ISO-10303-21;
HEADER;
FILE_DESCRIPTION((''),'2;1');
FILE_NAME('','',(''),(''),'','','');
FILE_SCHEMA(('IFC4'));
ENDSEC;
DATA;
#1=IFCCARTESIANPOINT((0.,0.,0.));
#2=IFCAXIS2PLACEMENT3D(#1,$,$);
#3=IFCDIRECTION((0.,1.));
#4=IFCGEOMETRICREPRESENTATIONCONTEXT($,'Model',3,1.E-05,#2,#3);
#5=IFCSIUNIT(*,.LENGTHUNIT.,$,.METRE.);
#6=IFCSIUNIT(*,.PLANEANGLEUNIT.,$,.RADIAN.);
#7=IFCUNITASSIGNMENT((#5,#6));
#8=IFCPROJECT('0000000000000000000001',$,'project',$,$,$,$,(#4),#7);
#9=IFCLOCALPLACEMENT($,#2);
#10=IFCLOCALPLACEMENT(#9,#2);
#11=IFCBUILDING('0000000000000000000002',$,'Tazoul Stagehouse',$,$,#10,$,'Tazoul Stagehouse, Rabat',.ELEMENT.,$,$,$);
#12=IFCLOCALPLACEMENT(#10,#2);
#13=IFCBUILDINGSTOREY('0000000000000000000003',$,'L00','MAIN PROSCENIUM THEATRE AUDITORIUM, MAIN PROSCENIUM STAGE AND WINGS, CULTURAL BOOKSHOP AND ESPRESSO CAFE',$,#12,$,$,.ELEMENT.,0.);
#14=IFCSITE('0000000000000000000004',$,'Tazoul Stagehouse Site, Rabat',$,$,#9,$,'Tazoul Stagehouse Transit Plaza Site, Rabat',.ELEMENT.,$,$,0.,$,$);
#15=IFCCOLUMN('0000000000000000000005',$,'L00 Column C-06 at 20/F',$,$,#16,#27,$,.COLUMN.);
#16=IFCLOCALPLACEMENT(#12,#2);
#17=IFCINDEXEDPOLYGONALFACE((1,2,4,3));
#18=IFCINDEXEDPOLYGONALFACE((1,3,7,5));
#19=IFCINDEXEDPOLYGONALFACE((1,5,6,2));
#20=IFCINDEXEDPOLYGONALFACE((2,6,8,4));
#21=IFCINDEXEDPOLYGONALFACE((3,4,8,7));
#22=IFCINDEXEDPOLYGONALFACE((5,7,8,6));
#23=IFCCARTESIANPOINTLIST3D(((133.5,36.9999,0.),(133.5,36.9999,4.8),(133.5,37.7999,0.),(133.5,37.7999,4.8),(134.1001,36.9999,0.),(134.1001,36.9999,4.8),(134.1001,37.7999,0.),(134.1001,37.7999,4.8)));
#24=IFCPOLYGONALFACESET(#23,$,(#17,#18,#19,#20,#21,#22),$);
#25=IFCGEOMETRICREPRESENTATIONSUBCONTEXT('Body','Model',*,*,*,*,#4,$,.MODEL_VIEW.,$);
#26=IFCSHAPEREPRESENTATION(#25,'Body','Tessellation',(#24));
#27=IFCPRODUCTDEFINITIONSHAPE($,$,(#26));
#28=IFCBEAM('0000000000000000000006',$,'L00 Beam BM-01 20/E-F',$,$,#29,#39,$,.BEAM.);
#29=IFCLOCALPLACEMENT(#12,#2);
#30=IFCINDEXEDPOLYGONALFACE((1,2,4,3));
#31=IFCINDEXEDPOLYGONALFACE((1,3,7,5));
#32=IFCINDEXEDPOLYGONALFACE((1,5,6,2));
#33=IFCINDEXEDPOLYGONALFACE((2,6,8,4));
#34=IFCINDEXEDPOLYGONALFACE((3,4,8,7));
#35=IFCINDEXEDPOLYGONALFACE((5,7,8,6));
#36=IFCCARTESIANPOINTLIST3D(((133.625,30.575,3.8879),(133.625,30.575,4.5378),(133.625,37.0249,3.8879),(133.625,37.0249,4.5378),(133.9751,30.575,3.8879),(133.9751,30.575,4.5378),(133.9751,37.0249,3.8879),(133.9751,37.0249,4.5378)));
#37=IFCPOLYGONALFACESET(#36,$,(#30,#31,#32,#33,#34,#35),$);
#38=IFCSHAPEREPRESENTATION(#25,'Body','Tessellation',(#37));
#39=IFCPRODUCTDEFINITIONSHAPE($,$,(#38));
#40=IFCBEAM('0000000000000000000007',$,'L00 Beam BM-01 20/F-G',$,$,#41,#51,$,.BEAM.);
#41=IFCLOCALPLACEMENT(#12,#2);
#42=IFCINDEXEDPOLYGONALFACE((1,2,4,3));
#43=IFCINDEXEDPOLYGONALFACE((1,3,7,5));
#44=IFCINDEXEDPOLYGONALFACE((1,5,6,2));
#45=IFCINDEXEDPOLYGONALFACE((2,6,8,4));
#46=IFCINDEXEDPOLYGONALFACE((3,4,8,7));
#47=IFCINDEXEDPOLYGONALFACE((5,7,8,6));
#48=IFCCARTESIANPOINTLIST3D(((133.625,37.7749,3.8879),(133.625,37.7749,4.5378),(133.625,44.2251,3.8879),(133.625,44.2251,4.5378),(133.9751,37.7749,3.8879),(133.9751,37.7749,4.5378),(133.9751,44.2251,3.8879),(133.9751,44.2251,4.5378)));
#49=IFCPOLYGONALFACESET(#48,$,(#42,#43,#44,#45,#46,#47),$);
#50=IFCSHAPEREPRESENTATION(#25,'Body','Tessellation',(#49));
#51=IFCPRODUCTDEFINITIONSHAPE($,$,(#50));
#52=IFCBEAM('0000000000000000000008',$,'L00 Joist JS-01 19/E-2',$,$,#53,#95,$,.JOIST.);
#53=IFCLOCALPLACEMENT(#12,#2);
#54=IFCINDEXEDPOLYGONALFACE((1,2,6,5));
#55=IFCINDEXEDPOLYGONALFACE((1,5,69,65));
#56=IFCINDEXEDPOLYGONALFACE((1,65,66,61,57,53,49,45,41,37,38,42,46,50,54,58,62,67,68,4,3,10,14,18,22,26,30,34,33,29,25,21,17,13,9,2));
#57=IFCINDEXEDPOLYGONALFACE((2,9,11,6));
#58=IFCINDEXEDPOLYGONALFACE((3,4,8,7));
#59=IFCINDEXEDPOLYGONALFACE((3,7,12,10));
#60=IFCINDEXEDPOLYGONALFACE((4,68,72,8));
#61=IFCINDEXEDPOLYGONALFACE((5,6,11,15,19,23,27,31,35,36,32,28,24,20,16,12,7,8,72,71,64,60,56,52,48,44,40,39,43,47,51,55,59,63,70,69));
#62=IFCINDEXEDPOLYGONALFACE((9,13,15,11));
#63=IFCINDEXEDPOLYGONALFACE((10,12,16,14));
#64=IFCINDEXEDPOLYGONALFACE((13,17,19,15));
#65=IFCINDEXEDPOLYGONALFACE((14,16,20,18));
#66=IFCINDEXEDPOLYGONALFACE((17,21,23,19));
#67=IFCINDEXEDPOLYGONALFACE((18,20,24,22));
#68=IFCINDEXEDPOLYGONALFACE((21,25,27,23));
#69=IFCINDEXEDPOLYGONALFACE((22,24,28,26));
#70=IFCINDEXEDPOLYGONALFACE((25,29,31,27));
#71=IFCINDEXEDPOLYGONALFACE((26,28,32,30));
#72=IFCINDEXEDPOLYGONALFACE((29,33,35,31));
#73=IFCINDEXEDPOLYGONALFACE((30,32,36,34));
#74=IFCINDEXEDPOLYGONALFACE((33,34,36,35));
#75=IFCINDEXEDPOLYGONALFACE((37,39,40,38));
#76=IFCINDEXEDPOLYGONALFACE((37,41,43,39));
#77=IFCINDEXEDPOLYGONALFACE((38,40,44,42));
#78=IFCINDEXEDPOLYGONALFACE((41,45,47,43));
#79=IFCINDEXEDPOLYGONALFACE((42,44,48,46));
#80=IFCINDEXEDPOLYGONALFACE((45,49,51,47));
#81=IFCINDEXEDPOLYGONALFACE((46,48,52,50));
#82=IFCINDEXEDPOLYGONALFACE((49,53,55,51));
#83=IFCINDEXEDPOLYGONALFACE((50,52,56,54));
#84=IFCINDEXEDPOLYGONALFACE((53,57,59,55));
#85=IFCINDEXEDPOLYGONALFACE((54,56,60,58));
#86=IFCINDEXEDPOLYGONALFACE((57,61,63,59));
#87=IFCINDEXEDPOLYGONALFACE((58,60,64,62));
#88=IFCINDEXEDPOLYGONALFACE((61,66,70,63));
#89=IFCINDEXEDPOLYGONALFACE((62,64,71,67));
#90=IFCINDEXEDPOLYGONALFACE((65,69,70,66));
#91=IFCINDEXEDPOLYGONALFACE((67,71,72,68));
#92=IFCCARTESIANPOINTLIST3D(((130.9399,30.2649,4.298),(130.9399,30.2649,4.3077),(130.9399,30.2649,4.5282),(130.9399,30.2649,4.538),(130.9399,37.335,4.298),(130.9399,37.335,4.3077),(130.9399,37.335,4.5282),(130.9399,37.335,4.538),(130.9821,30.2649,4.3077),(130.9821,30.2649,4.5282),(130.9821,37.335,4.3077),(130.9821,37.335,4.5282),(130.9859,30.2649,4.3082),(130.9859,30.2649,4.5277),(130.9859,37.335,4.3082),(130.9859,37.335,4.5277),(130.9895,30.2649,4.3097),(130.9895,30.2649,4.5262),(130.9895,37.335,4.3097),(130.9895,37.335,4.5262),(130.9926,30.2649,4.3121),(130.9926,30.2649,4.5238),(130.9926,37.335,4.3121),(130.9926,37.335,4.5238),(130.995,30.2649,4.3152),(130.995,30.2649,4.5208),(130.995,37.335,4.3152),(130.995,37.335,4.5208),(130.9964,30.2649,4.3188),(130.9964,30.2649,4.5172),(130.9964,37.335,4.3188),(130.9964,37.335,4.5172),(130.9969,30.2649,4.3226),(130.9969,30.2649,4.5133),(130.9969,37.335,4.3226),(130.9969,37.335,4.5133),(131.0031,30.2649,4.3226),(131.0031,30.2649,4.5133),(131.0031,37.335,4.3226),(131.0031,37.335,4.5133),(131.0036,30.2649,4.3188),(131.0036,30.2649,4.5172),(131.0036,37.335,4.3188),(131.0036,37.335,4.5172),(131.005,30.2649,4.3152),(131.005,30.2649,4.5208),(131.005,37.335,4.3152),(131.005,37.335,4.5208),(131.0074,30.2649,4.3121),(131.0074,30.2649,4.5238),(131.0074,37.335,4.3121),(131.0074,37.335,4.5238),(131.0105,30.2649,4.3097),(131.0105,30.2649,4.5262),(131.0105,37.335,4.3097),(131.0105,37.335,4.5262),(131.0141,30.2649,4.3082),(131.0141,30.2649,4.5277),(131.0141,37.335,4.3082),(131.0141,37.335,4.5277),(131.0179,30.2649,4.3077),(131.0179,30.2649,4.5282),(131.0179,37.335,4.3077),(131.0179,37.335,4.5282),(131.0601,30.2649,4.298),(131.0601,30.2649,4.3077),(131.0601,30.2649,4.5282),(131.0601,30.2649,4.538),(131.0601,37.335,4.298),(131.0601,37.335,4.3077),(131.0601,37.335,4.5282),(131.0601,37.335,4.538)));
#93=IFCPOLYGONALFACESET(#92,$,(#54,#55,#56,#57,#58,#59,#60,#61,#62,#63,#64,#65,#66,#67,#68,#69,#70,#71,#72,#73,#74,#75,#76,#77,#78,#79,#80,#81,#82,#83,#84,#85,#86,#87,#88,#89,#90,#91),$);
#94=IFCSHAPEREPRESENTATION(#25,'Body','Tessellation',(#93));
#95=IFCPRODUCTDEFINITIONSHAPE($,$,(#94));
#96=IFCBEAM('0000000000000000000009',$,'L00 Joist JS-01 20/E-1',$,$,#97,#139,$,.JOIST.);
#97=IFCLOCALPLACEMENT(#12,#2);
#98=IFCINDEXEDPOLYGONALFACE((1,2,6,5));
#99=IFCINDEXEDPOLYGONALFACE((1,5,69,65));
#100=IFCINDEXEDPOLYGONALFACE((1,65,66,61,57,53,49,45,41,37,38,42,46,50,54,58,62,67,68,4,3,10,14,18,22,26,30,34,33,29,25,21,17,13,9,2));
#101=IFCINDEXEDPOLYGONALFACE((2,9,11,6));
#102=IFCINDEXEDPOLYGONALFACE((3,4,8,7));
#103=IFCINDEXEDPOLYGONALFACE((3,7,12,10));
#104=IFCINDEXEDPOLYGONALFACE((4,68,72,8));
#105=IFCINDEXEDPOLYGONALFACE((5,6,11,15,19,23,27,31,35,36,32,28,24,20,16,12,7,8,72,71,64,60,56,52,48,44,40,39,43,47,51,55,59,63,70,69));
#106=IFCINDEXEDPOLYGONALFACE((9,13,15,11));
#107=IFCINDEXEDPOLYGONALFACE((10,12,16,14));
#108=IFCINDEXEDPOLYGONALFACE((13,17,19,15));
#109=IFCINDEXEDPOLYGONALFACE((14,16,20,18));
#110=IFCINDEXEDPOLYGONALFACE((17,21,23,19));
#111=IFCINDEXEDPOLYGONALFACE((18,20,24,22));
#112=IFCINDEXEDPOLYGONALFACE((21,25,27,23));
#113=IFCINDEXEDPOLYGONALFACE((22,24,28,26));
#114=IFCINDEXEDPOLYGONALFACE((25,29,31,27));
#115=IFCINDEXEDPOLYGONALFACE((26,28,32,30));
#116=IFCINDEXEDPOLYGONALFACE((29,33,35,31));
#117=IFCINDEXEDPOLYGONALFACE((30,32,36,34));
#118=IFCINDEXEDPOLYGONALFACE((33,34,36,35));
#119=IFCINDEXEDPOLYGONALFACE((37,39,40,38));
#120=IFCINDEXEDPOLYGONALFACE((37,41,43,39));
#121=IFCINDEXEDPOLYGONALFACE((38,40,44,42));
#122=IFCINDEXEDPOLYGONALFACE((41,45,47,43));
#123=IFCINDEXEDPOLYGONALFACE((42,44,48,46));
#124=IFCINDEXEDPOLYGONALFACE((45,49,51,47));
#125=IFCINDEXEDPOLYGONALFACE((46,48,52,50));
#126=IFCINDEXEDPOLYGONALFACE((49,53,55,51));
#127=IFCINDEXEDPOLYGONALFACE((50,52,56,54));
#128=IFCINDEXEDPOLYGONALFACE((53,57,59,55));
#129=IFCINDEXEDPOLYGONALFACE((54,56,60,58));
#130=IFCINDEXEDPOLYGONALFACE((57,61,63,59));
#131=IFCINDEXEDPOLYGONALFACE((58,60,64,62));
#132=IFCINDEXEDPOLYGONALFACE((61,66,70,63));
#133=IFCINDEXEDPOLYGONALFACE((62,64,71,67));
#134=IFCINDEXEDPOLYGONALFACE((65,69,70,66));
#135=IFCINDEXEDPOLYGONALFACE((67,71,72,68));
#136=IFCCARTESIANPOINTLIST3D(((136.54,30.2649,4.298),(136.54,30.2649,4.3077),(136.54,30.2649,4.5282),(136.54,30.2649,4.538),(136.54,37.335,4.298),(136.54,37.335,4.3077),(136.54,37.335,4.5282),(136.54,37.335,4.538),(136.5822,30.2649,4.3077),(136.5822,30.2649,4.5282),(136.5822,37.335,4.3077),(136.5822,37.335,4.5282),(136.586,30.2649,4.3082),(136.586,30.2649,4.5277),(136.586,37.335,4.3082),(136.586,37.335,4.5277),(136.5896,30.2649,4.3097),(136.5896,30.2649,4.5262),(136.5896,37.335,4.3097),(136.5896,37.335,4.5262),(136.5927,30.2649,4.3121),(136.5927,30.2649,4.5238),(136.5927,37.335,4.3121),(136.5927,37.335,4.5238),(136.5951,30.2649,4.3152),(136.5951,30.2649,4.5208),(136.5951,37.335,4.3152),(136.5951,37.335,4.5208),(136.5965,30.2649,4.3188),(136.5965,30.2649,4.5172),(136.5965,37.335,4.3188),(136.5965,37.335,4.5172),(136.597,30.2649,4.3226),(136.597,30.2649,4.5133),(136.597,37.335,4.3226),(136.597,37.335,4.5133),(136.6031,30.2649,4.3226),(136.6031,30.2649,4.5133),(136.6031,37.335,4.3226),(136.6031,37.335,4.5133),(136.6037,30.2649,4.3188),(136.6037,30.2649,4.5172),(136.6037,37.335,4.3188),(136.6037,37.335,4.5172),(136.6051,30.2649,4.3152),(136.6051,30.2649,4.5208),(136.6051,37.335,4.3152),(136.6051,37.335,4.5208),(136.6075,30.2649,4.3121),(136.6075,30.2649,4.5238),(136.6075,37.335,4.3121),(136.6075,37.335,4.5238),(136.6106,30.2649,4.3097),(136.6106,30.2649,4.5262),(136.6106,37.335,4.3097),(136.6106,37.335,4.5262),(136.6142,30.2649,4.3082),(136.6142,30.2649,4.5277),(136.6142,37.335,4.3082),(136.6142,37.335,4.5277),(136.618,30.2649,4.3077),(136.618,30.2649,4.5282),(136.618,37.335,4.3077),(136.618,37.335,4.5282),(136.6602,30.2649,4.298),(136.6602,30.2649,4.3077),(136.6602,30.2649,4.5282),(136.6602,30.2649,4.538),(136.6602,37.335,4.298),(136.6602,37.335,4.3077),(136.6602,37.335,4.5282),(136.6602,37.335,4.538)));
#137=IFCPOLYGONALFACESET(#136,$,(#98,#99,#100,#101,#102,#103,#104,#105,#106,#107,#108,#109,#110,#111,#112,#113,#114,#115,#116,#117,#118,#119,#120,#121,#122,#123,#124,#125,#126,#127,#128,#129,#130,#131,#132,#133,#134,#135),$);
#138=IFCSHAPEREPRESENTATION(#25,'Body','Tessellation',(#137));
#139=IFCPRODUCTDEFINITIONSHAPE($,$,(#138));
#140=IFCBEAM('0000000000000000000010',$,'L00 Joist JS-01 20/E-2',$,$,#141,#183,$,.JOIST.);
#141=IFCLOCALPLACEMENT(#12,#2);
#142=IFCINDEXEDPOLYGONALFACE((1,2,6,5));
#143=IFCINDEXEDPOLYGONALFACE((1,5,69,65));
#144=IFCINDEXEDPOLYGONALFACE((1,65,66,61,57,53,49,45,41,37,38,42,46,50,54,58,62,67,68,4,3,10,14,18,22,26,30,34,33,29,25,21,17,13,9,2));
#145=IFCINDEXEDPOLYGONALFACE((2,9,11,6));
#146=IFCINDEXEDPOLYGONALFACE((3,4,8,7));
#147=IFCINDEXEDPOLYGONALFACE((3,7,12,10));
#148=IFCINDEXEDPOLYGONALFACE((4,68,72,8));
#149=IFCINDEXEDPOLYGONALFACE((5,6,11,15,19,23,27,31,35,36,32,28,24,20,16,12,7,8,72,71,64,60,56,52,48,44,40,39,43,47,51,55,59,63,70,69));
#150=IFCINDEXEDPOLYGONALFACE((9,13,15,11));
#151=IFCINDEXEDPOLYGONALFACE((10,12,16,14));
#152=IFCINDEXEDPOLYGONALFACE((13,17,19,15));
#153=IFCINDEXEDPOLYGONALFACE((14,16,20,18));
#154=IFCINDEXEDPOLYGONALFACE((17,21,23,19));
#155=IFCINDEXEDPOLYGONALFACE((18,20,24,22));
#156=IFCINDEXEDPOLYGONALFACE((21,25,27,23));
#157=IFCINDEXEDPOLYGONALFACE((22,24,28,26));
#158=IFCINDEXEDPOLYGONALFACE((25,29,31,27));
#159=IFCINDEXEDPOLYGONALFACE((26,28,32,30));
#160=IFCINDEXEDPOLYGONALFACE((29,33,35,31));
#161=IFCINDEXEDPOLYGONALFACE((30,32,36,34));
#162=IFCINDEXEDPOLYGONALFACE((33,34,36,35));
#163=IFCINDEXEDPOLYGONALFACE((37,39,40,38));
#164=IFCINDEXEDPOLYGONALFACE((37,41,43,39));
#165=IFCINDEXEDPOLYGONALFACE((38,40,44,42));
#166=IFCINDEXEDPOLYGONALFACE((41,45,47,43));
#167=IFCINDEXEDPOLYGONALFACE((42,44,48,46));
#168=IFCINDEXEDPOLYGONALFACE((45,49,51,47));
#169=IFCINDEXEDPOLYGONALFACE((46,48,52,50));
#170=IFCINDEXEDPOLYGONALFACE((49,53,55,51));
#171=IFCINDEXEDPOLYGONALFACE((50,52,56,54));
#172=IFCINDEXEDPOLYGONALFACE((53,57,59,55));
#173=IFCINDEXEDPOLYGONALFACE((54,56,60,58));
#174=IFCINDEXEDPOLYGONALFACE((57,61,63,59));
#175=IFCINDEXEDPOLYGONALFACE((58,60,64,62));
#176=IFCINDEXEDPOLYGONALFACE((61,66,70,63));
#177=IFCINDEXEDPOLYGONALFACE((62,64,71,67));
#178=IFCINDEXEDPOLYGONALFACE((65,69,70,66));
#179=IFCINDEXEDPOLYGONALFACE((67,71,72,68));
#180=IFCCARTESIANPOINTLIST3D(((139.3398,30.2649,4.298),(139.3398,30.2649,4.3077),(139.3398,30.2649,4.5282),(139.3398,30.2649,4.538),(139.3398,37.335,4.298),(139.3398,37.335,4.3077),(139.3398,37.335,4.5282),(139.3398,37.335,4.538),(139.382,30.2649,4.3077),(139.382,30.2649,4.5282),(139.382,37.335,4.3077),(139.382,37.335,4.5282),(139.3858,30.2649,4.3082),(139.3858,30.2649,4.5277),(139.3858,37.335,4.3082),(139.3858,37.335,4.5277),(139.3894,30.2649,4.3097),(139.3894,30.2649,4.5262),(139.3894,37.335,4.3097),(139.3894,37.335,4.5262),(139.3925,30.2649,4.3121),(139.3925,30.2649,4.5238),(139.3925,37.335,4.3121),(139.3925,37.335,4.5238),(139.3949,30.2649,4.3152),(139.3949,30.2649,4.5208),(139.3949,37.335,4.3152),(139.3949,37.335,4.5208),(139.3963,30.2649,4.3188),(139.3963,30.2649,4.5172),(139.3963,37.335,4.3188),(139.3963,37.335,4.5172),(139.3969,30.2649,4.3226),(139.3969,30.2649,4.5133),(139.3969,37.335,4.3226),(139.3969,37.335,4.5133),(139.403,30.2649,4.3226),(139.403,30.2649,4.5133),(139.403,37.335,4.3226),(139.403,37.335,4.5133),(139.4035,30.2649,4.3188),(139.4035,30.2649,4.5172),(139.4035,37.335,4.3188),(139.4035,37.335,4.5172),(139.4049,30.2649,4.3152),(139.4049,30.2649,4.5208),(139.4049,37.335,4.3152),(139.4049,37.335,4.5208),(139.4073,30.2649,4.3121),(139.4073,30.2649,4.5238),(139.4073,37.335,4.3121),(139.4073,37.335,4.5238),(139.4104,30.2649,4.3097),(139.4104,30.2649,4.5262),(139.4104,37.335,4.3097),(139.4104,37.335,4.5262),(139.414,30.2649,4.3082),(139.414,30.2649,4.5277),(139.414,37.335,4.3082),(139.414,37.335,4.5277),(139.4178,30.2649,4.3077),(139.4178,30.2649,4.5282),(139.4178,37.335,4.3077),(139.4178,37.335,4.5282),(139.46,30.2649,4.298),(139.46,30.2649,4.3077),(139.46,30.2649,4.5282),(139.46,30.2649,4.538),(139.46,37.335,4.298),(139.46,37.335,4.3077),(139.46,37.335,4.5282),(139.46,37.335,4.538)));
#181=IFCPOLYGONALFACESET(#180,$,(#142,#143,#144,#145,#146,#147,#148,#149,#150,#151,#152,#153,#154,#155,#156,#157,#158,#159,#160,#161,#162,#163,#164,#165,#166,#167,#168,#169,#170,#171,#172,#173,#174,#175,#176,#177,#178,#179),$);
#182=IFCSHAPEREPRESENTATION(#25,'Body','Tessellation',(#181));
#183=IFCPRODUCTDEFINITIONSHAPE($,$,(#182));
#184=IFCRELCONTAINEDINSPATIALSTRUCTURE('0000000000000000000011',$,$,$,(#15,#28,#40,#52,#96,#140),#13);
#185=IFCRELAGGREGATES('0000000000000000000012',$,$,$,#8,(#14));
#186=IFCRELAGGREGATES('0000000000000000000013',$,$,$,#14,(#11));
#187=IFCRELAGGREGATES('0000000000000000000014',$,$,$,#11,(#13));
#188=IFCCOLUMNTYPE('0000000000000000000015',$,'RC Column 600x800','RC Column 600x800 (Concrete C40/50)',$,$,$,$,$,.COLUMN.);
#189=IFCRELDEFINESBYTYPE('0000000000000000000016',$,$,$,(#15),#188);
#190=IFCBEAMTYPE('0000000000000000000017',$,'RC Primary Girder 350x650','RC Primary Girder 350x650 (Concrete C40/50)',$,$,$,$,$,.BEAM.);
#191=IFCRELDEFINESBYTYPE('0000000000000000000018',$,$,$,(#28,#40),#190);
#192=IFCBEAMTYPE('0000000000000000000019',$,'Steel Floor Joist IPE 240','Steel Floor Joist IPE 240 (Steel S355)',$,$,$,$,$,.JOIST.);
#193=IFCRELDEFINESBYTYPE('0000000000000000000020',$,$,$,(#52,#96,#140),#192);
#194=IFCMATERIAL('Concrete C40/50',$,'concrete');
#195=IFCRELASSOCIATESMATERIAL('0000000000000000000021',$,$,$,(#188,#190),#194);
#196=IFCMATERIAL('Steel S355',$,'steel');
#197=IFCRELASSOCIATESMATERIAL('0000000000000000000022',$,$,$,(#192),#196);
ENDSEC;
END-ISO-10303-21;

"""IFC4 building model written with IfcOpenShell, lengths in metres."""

from ifc_helpers import new_model, si_unit, direction, frame, origin, origin_2d, place, context, subcontext, project, spatial, rectangle, i_section, extrude, material, material_profile, profile_set, type_object, element, save


model = new_model("IFC4")

# Units and contexts
model_context = context("Model", 3, precision=1e-05, world=origin(), true_north=direction((0.0, 1.0)))
body_context = subcontext(model_context, "Body", "Model", "MODEL_VIEW")
ifc_project = project(units=[si_unit("LENGTHUNIT", "METRE"), si_unit("PLANEANGLEUNIT", "RADIAN")], contexts=[model_context])

# Site, building, storey
site_placement = place(None, origin())
site = spatial("IfcSite", under=ifc_project, at=site_placement, Name="Tazoul Stagehouse Site, Rabat", LongName="Tazoul Stagehouse Transit Plaza Site, Rabat", CompositionType="ELEMENT", RefElevation=0.0)
building_placement = place(site_placement, origin())
building = spatial("IfcBuilding", under=site, at=building_placement, Name="Tazoul Stagehouse", LongName="Tazoul Stagehouse, Rabat", CompositionType="ELEMENT")
storey_placement = place(building_placement, origin())
storey = spatial("IfcBuildingStorey", under=building, at=storey_placement, Name="L00", Description="MAIN PROSCENIUM THEATRE AUDITORIUM, MAIN PROSCENIUM STAGE AND WINGS, CULTURAL BOOKSHOP AND ESPRESSO CAFE", CompositionType="ELEMENT", Elevation=0.0)

# Column
ifc_material_1 = material(Name="Concrete C40/50", Category="concrete")
ifc_material_profile_1 = material_profile(ifc_material_1, rectangle(XDim=0.6001, YDim=0.8, at=origin_2d()), Name="RC 600x800")
ifc_profile_set_1 = profile_set([ifc_material_profile_1], Name="Concrete C40/50")
column_type = type_object("IfcColumnType", Name="RC Column 600x800", Description="RC Column 600x800 (Concrete C40/50)", PredefinedType="COLUMN", material=ifc_profile_set_1)
column_placement = place(storey_placement, frame((133.8, 37.3999, 0.0), z_axis=(0.0, 0.0, 1.0), x_axis=(1.0, 0.0, 0.0)))
element("IfcColumn", 1, at=column_placement, inside=storey, type_object=column_type, Name="L00 Column C-06 at 20/F", PredefinedType="COLUMN", context=body_context, shape_type="SweptSolid", body=[
    extrude(rectangle(XDim=0.6001, YDim=0.8, at=origin_2d()), origin(), (0.0, 0.0, 1.0), 4.8),
])

# Beams
ifc_material_profile_2 = material_profile(ifc_material_1, rectangle(XDim=0.3501, YDim=0.6499, at=origin_2d()), Name="RC 350x650")
ifc_profile_set_2 = profile_set([ifc_material_profile_2], Name="Concrete C40/50")
beam_type_1 = type_object("IfcBeamType", Name="RC Primary Girder 350x650", Description="RC Primary Girder 350x650 (Concrete C40/50)", PredefinedType="BEAM", material=ifc_profile_set_2)
beam_1_placement = place(storey_placement, frame((133.8, 30.575, 4.2129), z_axis=(0.0, 1.0, 0.0), x_axis=(-1.0, 0.0, 0.0)))
element("IfcBeam", 2, at=beam_1_placement, inside=storey, type_object=beam_type_1, Name="L00 Beam BM-01 20/E-F", PredefinedType="BEAM", context=body_context, shape_type="SweptSolid", body=[
    extrude(rectangle(XDim=0.3501, YDim=0.6499, at=origin_2d()), origin(), (0.0, 0.0, 1.0), 6.45),
])
beam_2_placement = place(storey_placement, frame((133.8, 37.7749, 4.2129), z_axis=(0.0, 1.0, 0.0), x_axis=(-1.0, 0.0, 0.0)))
element("IfcBeam", 3, at=beam_2_placement, inside=storey, type_object=beam_type_1, Name="L00 Beam BM-01 20/F-G", PredefinedType="BEAM", context=body_context, shape_type="SweptSolid", body=[
    extrude(rectangle(XDim=0.3501, YDim=0.6499, at=origin_2d()), origin(), (0.0, 0.0, 1.0), 6.4502),
])
ifc_material_2 = material(Name="Steel S355", Category="steel")
ifc_material_profile_3 = material_profile(ifc_material_2, i_section(OverallWidth=0.1201, OverallDepth=0.24, WebThickness=0.0061, FlangeThickness=0.0098, FilletRadius=0.0149, at=origin_2d()), Name="IPE 240")
ifc_profile_set_3 = profile_set([ifc_material_profile_3], Name="Steel S355")
beam_type_2 = type_object("IfcBeamType", Name="Steel Floor Joist IPE 240", Description="Steel Floor Joist IPE 240 (Steel S355)", PredefinedType="JOIST", material=ifc_profile_set_3)
for number, where, z_axis, x_axis, name in (
    (4, (131.0, 30.2649, 4.418), (0.0, 1.0, 0.0), (-1.0, 0.0, 0.0), "L00 Joist JS-01 19/E-2"),
    (5, (136.6001, 30.2649, 4.418), (0.0, 1.0, 0.0), (-1.0, 0.0, 0.0), "L00 Joist JS-01 20/E-1"),
    (6, (139.3999, 30.2649, 4.418), (0.0, 1.0, 0.0), (-1.0, 0.0, 0.0), "L00 Joist JS-01 20/E-2"),
):
    element("IfcBeam", number, at=place(storey_placement, frame(where, z_axis=z_axis, x_axis=x_axis)), inside=storey, type_object=beam_type_2, Name=name, PredefinedType="JOIST", context=body_context, shape_type="SweptSolid", body=[
        extrude(i_section(OverallWidth=0.1201, OverallDepth=0.24, WebThickness=0.0061, FlangeThickness=0.0098, FilletRadius=0.0149, at=origin_2d()), origin(), (0.0, 0.0, 1.0), 7.0701),
    ])

save(model, "model.ifc")
